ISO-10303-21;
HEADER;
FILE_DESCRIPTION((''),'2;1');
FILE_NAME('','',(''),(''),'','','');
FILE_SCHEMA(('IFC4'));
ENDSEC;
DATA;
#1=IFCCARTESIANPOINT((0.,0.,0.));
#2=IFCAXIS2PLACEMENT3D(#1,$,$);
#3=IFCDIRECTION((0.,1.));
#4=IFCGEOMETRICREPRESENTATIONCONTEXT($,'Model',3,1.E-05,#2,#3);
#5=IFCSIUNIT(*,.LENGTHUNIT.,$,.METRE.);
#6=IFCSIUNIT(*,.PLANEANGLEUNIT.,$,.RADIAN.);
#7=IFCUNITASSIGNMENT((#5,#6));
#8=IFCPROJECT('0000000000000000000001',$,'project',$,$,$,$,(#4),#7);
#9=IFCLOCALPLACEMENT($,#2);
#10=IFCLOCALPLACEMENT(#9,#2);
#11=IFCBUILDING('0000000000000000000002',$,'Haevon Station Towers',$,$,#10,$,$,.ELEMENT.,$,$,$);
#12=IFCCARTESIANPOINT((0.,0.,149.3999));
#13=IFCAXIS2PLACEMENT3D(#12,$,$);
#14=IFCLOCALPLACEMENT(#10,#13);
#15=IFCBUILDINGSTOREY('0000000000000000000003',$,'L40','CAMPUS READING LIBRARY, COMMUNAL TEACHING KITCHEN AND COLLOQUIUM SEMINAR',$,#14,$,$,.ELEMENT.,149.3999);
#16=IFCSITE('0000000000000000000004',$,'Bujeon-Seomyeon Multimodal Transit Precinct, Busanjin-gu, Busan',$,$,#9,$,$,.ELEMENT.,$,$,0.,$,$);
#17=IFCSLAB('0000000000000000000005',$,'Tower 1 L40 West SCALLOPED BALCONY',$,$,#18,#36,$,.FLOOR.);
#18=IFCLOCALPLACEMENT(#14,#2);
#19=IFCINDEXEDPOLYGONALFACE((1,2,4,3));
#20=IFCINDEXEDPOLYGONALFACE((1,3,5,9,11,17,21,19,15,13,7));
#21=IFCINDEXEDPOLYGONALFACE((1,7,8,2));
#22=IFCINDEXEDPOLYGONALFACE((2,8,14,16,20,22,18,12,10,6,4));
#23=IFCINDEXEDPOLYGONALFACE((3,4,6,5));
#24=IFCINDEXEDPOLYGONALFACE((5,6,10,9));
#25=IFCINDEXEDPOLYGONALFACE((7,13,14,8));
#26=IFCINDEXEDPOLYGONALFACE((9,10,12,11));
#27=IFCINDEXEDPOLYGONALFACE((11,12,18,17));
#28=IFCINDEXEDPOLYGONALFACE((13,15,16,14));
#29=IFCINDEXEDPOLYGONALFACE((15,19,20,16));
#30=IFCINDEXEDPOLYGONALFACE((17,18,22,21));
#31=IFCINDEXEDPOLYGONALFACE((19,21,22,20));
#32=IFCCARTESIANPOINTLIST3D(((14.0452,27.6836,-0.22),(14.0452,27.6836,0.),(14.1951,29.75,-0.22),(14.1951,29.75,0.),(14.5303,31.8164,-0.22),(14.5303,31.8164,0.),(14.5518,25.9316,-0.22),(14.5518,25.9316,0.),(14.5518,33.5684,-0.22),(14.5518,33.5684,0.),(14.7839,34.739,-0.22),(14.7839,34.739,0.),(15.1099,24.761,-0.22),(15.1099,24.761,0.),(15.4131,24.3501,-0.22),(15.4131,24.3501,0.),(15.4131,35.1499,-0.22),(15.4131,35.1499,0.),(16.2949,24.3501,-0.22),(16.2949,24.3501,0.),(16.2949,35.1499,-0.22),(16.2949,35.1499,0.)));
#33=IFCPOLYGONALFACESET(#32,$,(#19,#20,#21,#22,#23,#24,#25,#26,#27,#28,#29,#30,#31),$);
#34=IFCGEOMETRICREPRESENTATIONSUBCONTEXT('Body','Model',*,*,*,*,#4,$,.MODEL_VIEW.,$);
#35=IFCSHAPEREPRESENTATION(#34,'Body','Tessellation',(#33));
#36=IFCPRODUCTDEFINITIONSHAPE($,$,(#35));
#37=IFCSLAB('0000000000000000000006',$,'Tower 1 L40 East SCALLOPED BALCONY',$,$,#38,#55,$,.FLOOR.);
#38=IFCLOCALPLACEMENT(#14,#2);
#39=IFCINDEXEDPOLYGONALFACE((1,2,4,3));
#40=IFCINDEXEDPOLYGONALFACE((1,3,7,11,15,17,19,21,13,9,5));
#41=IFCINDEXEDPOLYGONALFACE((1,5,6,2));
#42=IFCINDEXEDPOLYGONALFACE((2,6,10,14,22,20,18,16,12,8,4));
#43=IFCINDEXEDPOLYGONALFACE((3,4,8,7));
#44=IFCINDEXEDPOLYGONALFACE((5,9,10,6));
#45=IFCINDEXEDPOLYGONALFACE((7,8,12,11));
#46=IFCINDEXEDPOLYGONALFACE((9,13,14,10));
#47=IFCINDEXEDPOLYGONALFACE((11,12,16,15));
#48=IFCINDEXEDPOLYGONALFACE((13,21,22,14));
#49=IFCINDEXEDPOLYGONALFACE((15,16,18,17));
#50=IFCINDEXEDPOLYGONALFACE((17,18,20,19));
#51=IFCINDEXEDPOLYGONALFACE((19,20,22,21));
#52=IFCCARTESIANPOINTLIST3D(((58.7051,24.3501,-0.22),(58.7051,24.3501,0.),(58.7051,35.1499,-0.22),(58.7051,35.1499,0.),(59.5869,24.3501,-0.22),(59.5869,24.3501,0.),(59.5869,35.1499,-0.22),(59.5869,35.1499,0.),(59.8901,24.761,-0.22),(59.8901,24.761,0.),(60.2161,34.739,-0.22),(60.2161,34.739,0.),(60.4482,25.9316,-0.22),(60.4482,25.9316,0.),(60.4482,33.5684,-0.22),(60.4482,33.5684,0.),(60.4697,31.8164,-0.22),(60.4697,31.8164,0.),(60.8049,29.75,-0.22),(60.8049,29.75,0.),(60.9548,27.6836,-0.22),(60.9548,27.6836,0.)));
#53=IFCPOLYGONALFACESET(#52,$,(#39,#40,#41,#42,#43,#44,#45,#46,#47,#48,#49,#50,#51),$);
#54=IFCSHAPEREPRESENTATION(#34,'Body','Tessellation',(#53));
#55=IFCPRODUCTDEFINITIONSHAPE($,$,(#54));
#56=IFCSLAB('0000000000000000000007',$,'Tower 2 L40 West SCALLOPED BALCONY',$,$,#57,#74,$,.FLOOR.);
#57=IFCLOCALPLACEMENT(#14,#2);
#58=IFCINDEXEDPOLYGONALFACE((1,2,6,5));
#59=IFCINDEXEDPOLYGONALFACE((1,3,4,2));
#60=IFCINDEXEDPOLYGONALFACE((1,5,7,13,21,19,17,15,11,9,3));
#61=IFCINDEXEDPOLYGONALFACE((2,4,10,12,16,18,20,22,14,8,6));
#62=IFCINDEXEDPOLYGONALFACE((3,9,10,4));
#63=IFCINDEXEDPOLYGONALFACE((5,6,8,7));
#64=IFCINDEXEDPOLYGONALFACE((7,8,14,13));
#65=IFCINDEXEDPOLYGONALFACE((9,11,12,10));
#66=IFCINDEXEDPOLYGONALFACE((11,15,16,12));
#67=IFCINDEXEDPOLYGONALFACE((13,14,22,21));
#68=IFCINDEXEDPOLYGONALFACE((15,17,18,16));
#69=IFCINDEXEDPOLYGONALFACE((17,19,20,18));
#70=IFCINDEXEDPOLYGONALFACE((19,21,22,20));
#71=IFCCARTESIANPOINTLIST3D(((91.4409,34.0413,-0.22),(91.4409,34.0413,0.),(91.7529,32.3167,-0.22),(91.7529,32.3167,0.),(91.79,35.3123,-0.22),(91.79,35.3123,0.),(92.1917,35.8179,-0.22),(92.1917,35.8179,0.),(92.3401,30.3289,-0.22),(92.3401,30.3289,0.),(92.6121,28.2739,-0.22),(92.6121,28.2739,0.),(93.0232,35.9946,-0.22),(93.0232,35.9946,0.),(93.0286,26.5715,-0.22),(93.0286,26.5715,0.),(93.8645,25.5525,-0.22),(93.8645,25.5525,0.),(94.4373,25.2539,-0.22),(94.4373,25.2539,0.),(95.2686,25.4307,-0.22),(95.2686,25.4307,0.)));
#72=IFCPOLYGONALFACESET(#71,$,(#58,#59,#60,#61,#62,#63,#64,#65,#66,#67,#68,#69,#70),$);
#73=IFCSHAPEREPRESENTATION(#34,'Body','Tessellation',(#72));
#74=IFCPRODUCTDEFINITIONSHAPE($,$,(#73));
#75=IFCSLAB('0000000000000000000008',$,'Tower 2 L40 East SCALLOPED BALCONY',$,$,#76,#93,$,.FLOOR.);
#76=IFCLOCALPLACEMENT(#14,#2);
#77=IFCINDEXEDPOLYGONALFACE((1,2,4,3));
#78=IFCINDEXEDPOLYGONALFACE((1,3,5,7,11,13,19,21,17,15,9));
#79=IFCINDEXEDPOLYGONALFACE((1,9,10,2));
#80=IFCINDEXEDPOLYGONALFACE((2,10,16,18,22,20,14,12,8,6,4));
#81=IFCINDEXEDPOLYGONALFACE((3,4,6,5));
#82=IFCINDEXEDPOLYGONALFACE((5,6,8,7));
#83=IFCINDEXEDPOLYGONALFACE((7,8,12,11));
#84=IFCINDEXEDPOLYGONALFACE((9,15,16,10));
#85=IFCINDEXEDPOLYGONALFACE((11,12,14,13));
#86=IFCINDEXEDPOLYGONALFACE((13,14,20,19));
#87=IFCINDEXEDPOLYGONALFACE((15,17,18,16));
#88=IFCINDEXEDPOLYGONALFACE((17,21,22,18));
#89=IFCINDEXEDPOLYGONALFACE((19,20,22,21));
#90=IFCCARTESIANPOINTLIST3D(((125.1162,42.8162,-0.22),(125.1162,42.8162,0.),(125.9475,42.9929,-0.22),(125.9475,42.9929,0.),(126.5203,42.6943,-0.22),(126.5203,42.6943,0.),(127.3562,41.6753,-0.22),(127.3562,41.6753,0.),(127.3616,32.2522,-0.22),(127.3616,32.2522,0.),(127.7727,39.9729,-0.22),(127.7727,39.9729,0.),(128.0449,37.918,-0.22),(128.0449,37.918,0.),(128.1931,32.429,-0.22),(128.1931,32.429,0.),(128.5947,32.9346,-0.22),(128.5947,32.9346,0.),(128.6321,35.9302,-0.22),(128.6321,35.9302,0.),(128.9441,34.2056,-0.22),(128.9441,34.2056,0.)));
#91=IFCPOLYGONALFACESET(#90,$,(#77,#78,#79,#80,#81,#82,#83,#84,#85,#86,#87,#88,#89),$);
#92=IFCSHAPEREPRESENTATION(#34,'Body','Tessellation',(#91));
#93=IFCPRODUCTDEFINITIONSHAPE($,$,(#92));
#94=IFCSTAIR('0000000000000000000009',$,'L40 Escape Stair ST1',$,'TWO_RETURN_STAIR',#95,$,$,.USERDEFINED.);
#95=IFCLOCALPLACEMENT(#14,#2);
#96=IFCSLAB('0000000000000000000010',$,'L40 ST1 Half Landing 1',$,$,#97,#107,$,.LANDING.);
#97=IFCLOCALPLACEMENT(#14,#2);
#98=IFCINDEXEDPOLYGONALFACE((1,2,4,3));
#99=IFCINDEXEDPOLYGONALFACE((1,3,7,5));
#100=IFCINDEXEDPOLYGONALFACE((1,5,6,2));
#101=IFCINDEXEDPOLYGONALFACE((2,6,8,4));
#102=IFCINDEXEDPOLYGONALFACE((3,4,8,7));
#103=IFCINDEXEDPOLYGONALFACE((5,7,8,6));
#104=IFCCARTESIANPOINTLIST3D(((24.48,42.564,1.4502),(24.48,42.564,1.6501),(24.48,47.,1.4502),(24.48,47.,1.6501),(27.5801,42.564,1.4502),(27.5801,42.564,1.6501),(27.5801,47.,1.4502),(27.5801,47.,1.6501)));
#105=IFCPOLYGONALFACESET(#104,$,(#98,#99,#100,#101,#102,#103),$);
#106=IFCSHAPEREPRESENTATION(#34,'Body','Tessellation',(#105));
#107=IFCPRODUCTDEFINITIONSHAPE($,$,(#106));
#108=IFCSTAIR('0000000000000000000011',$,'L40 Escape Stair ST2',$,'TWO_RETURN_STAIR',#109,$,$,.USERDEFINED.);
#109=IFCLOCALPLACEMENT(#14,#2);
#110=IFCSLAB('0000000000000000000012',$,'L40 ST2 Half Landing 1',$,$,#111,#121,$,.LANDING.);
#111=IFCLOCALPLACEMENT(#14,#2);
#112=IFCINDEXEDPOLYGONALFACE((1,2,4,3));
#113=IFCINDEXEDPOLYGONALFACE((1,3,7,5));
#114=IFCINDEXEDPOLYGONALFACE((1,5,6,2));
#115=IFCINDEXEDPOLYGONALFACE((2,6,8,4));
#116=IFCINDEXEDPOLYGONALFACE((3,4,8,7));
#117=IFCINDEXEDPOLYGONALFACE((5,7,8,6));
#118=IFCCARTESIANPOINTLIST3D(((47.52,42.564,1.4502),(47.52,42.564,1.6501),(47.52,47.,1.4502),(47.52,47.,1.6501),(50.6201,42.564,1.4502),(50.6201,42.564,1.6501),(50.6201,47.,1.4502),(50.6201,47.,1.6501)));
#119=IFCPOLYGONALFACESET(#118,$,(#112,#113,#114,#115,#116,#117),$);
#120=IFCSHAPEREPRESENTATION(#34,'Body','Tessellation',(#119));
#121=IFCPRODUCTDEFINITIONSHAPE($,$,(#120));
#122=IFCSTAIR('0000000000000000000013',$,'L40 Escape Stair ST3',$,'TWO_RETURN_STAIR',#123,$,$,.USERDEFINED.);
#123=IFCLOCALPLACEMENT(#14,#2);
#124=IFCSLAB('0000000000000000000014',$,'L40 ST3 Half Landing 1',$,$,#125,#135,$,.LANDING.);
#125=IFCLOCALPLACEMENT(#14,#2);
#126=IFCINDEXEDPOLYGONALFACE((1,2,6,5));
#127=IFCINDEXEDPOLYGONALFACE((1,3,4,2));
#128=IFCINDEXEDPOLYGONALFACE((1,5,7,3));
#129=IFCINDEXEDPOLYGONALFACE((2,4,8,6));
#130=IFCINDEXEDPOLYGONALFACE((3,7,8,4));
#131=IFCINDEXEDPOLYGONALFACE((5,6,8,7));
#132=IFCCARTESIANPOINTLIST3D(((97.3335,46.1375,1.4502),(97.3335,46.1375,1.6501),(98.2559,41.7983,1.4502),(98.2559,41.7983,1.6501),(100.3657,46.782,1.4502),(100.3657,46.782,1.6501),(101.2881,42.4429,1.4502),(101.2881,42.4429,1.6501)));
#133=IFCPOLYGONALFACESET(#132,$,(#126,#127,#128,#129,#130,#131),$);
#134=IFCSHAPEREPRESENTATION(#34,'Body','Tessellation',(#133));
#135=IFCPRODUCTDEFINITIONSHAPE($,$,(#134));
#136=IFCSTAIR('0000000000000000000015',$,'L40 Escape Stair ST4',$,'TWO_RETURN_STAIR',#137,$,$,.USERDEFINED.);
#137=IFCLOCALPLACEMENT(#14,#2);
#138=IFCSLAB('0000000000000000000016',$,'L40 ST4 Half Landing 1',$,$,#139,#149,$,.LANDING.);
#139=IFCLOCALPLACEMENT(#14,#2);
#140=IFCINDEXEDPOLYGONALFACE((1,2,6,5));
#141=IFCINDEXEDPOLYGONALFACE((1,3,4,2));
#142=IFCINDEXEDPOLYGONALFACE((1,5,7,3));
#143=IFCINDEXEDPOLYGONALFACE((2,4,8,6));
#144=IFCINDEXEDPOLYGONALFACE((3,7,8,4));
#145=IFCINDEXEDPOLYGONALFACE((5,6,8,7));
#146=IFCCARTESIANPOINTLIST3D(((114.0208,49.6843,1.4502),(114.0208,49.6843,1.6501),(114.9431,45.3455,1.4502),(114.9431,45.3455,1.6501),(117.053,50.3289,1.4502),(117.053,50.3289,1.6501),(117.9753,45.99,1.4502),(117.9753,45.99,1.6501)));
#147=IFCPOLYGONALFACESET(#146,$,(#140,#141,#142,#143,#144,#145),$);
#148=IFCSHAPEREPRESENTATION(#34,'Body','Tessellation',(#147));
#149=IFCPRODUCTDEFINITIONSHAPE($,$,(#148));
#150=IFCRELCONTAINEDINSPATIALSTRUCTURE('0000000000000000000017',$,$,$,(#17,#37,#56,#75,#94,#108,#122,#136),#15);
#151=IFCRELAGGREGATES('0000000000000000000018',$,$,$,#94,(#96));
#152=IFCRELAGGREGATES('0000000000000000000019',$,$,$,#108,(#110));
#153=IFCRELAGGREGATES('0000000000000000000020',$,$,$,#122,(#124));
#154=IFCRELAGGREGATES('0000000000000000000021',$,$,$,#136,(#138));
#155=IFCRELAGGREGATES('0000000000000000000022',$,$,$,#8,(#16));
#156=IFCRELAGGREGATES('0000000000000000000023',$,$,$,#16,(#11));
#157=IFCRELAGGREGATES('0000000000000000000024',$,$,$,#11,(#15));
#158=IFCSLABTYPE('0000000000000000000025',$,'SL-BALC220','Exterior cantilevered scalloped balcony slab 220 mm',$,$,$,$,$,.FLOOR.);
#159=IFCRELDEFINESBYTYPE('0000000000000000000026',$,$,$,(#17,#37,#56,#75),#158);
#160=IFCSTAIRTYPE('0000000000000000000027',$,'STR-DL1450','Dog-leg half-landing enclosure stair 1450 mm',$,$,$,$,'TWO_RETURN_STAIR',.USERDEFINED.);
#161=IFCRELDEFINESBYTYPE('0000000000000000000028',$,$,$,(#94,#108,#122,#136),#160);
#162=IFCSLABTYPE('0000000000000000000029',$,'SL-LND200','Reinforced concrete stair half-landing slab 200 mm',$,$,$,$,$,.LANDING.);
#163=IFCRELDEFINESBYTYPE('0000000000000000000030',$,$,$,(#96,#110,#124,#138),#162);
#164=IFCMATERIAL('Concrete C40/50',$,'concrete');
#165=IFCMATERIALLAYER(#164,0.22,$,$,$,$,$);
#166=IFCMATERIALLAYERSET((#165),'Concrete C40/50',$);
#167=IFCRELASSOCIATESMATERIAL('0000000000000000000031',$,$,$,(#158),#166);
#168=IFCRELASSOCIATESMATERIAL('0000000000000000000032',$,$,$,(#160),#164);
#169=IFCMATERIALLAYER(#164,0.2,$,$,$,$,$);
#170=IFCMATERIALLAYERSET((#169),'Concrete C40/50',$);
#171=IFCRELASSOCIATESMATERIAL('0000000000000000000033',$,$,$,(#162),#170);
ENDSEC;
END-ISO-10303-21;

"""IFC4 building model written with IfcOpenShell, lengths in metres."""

from ifc_helpers import new_model, si_unit, direction, frame, origin, place, context, subcontext, project, spatial, polyline, outline, extrude, material, layer, layer_set, type_object, element, aggregate, save


model = new_model("IFC4")

# Units and contexts
model_context = context("Model", 3, precision=1e-05, world=origin(), true_north=direction((0.0, 1.0)))
body_context = subcontext(model_context, "Body", "Model", "MODEL_VIEW")
ifc_project = project(units=[si_unit("LENGTHUNIT", "METRE"), si_unit("PLANEANGLEUNIT", "RADIAN")], contexts=[model_context])

# Site, building, storey
site_placement = place(None, origin())
site = spatial("IfcSite", under=ifc_project, at=site_placement, Name="Bujeon-Seomyeon Multimodal Transit Precinct, Busanjin-gu, Busan", CompositionType="ELEMENT", RefElevation=0.0)
building_placement = place(site_placement, origin())
building = spatial("IfcBuilding", under=site, at=building_placement, Name="Haevon Station Towers", CompositionType="ELEMENT")
storey_placement = place(building_placement, frame((0.0, 0.0, 149.3999)))
storey = spatial("IfcBuildingStorey", under=building, at=storey_placement, Name="L40", Description="CAMPUS READING LIBRARY, COMMUNAL TEACHING KITCHEN AND COLLOQUIUM SEMINAR", CompositionType="ELEMENT", Elevation=149.3999)

# Slabs
ifc_material_1 = material(Name="Concrete C40/50", Category="concrete")
ifc_layer_1 = layer(ifc_material_1, 0.22)
ifc_layer_set_1 = layer_set([ifc_layer_1], Name="Concrete C40/50")
slab_type_1 = type_object("IfcSlabType", Name="SL-BALC220", Description="Exterior cantilevered scalloped balcony slab 220 mm", PredefinedType="FLOOR", material=ifc_layer_set_1)
slab_1_placement = place(storey_placement, frame((0.0, 0.0, -0.22)))
element("IfcSlab", 1, at=slab_1_placement, inside=storey, type_object=slab_type_1, Name="Tower 1 L40 West SCALLOPED BALCONY", PredefinedType="FLOOR", context=body_context, shape_type="SweptSolid", body=[
    extrude(outline(polyline([(16.2949, 35.1499), (15.4131, 35.1499), (14.7839, 34.739), (14.5518, 33.5684), (14.5303, 31.8164), (14.1951, 29.75), (14.0452, 27.6836), (14.5518, 25.9316), (15.1099, 24.761), (15.4131, 24.3501), (16.2949, 24.3501), (16.2949, 35.1499)])), origin(), (0.0, 0.0, 1.0), 0.22),
])
slab_2_placement = place(storey_placement, frame((0.0, 0.0, -0.22)))
element("IfcSlab", 2, at=slab_2_placement, inside=storey, type_object=slab_type_1, Name="Tower 1 L40 East SCALLOPED BALCONY", PredefinedType="FLOOR", context=body_context, shape_type="SweptSolid", body=[
    extrude(outline(polyline([(58.7051, 24.3501), (59.5869, 24.3501), (59.8901, 24.761), (60.4482, 25.9316), (60.9548, 27.6836), (60.8049, 29.75), (60.4697, 31.8164), (60.4482, 33.5684), (60.2161, 34.739), (59.5869, 35.1499), (58.7051, 35.1499), (58.7051, 24.3501)])), origin(), (0.0, 0.0, 1.0), 0.22),
])
slab_3_placement = place(storey_placement, frame((0.0, 0.0, -0.22)))
element("IfcSlab", 3, at=slab_3_placement, inside=storey, type_object=slab_type_1, Name="Tower 2 L40 West SCALLOPED BALCONY", PredefinedType="FLOOR", context=body_context, shape_type="SweptSolid", body=[
    extrude(outline(polyline([(93.0232, 35.9946), (92.1917, 35.8179), (91.79, 35.3123), (91.4409, 34.0413), (91.7529, 32.3167), (92.3401, 30.3289), (92.6121, 28.2739), (93.0286, 26.5715), (93.8645, 25.5525), (94.4373, 25.2539), (95.2686, 25.4307), (93.0232, 35.9946)])), origin(), (0.0, 0.0, 1.0), 0.22),
])
slab_4_placement = place(storey_placement, frame((0.0, 0.0, -0.22)))
element("IfcSlab", 4, at=slab_4_placement, inside=storey, type_object=slab_type_1, Name="Tower 2 L40 East SCALLOPED BALCONY", PredefinedType="FLOOR", context=body_context, shape_type="SweptSolid", body=[
    extrude(outline(polyline([(127.3616, 32.2522), (128.1931, 32.429), (128.5947, 32.9346), (128.9441, 34.2056), (128.6321, 35.9302), (128.0449, 37.918), (127.7727, 39.9729), (127.3562, 41.6753), (126.5203, 42.6943), (125.9475, 42.9929), (125.1162, 42.8162), (127.3616, 32.2522)])), origin(), (0.0, 0.0, 1.0), 0.22),
])

# Stairs, slabs
stair_type = type_object("IfcStairType", Name="STR-DL1450", Description="Dog-leg half-landing enclosure stair 1450 mm", ElementType="TWO_RETURN_STAIR", PredefinedType="USERDEFINED", material=ifc_material_1)
stair_1_placement = place(storey_placement, origin())
stair_1 = element("IfcStair", 5, at=stair_1_placement, inside=storey, type_object=stair_type, Name="L40 Escape Stair ST1", ObjectType="TWO_RETURN_STAIR", PredefinedType="USERDEFINED")
ifc_layer_2 = layer(ifc_material_1, 0.2)
ifc_layer_set_2 = layer_set([ifc_layer_2], Name="Concrete C40/50")
slab_type_2 = type_object("IfcSlabType", Name="SL-LND200", Description="Reinforced concrete stair half-landing slab 200 mm", PredefinedType="LANDING", material=ifc_layer_set_2)
slab_5_placement = place(storey_placement, frame((0.0, 0.0, 1.4502)))
slab_5 = element("IfcSlab", 6, at=slab_5_placement, type_object=slab_type_2, Name="L40 ST1 Half Landing 1", PredefinedType="LANDING", context=body_context, shape_type="SweptSolid", body=[
    extrude(outline(polyline([(27.5801, 42.564), (27.5801, 47.0), (24.48, 47.0), (24.48, 42.564), (27.5801, 42.564)])), origin(), (0.0, 0.0, 1.0), 0.2),
])
aggregate(stair_1, [slab_5])
stair_2_placement = place(storey_placement, origin())
stair_2 = element("IfcStair", 7, at=stair_2_placement, inside=storey, type_object=stair_type, Name="L40 Escape Stair ST2", ObjectType="TWO_RETURN_STAIR", PredefinedType="USERDEFINED")
slab_6_placement = place(storey_placement, frame((0.0, 0.0, 1.4502)))
slab_6 = element("IfcSlab", 8, at=slab_6_placement, type_object=slab_type_2, Name="L40 ST2 Half Landing 1", PredefinedType="LANDING", context=body_context, shape_type="SweptSolid", body=[
    extrude(outline(polyline([(50.6201, 42.564), (50.6201, 47.0), (47.52, 47.0), (47.52, 42.564), (50.6201, 42.564)])), origin(), (0.0, 0.0, 1.0), 0.2),
])
aggregate(stair_2, [slab_6])
stair_3_placement = place(storey_placement, origin())
stair_3 = element("IfcStair", 9, at=stair_3_placement, inside=storey, type_object=stair_type, Name="L40 Escape Stair ST3", ObjectType="TWO_RETURN_STAIR", PredefinedType="USERDEFINED")
slab_7_placement = place(storey_placement, frame((0.0, 0.0, 1.4502)))
slab_7 = element("IfcSlab", 10, at=slab_7_placement, type_object=slab_type_2, Name="L40 ST3 Half Landing 1", PredefinedType="LANDING", context=body_context, shape_type="SweptSolid", body=[
    extrude(outline(polyline([(101.2881, 42.4429), (100.3657, 46.782), (97.3335, 46.1375), (98.2559, 41.7983), (101.2881, 42.4429)])), origin(), (0.0, 0.0, 1.0), 0.2),
])
aggregate(stair_3, [slab_7])
stair_4_placement = place(storey_placement, origin())
stair_4 = element("IfcStair", 11, at=stair_4_placement, inside=storey, type_object=stair_type, Name="L40 Escape Stair ST4", ObjectType="TWO_RETURN_STAIR", PredefinedType="USERDEFINED")
slab_8_placement = place(storey_placement, frame((0.0, 0.0, 1.4502)))
slab_8 = element("IfcSlab", 12, at=slab_8_placement, type_object=slab_type_2, Name="L40 ST4 Half Landing 1", PredefinedType="LANDING", context=body_context, shape_type="SweptSolid", body=[
    extrude(outline(polyline([(117.9753, 45.99), (117.053, 50.3289), (114.0208, 49.6843), (114.9431, 45.3455), (117.9753, 45.99)])), origin(), (0.0, 0.0, 1.0), 0.2),
])
aggregate(stair_4, [slab_8])

save(model, "model.ifc")
